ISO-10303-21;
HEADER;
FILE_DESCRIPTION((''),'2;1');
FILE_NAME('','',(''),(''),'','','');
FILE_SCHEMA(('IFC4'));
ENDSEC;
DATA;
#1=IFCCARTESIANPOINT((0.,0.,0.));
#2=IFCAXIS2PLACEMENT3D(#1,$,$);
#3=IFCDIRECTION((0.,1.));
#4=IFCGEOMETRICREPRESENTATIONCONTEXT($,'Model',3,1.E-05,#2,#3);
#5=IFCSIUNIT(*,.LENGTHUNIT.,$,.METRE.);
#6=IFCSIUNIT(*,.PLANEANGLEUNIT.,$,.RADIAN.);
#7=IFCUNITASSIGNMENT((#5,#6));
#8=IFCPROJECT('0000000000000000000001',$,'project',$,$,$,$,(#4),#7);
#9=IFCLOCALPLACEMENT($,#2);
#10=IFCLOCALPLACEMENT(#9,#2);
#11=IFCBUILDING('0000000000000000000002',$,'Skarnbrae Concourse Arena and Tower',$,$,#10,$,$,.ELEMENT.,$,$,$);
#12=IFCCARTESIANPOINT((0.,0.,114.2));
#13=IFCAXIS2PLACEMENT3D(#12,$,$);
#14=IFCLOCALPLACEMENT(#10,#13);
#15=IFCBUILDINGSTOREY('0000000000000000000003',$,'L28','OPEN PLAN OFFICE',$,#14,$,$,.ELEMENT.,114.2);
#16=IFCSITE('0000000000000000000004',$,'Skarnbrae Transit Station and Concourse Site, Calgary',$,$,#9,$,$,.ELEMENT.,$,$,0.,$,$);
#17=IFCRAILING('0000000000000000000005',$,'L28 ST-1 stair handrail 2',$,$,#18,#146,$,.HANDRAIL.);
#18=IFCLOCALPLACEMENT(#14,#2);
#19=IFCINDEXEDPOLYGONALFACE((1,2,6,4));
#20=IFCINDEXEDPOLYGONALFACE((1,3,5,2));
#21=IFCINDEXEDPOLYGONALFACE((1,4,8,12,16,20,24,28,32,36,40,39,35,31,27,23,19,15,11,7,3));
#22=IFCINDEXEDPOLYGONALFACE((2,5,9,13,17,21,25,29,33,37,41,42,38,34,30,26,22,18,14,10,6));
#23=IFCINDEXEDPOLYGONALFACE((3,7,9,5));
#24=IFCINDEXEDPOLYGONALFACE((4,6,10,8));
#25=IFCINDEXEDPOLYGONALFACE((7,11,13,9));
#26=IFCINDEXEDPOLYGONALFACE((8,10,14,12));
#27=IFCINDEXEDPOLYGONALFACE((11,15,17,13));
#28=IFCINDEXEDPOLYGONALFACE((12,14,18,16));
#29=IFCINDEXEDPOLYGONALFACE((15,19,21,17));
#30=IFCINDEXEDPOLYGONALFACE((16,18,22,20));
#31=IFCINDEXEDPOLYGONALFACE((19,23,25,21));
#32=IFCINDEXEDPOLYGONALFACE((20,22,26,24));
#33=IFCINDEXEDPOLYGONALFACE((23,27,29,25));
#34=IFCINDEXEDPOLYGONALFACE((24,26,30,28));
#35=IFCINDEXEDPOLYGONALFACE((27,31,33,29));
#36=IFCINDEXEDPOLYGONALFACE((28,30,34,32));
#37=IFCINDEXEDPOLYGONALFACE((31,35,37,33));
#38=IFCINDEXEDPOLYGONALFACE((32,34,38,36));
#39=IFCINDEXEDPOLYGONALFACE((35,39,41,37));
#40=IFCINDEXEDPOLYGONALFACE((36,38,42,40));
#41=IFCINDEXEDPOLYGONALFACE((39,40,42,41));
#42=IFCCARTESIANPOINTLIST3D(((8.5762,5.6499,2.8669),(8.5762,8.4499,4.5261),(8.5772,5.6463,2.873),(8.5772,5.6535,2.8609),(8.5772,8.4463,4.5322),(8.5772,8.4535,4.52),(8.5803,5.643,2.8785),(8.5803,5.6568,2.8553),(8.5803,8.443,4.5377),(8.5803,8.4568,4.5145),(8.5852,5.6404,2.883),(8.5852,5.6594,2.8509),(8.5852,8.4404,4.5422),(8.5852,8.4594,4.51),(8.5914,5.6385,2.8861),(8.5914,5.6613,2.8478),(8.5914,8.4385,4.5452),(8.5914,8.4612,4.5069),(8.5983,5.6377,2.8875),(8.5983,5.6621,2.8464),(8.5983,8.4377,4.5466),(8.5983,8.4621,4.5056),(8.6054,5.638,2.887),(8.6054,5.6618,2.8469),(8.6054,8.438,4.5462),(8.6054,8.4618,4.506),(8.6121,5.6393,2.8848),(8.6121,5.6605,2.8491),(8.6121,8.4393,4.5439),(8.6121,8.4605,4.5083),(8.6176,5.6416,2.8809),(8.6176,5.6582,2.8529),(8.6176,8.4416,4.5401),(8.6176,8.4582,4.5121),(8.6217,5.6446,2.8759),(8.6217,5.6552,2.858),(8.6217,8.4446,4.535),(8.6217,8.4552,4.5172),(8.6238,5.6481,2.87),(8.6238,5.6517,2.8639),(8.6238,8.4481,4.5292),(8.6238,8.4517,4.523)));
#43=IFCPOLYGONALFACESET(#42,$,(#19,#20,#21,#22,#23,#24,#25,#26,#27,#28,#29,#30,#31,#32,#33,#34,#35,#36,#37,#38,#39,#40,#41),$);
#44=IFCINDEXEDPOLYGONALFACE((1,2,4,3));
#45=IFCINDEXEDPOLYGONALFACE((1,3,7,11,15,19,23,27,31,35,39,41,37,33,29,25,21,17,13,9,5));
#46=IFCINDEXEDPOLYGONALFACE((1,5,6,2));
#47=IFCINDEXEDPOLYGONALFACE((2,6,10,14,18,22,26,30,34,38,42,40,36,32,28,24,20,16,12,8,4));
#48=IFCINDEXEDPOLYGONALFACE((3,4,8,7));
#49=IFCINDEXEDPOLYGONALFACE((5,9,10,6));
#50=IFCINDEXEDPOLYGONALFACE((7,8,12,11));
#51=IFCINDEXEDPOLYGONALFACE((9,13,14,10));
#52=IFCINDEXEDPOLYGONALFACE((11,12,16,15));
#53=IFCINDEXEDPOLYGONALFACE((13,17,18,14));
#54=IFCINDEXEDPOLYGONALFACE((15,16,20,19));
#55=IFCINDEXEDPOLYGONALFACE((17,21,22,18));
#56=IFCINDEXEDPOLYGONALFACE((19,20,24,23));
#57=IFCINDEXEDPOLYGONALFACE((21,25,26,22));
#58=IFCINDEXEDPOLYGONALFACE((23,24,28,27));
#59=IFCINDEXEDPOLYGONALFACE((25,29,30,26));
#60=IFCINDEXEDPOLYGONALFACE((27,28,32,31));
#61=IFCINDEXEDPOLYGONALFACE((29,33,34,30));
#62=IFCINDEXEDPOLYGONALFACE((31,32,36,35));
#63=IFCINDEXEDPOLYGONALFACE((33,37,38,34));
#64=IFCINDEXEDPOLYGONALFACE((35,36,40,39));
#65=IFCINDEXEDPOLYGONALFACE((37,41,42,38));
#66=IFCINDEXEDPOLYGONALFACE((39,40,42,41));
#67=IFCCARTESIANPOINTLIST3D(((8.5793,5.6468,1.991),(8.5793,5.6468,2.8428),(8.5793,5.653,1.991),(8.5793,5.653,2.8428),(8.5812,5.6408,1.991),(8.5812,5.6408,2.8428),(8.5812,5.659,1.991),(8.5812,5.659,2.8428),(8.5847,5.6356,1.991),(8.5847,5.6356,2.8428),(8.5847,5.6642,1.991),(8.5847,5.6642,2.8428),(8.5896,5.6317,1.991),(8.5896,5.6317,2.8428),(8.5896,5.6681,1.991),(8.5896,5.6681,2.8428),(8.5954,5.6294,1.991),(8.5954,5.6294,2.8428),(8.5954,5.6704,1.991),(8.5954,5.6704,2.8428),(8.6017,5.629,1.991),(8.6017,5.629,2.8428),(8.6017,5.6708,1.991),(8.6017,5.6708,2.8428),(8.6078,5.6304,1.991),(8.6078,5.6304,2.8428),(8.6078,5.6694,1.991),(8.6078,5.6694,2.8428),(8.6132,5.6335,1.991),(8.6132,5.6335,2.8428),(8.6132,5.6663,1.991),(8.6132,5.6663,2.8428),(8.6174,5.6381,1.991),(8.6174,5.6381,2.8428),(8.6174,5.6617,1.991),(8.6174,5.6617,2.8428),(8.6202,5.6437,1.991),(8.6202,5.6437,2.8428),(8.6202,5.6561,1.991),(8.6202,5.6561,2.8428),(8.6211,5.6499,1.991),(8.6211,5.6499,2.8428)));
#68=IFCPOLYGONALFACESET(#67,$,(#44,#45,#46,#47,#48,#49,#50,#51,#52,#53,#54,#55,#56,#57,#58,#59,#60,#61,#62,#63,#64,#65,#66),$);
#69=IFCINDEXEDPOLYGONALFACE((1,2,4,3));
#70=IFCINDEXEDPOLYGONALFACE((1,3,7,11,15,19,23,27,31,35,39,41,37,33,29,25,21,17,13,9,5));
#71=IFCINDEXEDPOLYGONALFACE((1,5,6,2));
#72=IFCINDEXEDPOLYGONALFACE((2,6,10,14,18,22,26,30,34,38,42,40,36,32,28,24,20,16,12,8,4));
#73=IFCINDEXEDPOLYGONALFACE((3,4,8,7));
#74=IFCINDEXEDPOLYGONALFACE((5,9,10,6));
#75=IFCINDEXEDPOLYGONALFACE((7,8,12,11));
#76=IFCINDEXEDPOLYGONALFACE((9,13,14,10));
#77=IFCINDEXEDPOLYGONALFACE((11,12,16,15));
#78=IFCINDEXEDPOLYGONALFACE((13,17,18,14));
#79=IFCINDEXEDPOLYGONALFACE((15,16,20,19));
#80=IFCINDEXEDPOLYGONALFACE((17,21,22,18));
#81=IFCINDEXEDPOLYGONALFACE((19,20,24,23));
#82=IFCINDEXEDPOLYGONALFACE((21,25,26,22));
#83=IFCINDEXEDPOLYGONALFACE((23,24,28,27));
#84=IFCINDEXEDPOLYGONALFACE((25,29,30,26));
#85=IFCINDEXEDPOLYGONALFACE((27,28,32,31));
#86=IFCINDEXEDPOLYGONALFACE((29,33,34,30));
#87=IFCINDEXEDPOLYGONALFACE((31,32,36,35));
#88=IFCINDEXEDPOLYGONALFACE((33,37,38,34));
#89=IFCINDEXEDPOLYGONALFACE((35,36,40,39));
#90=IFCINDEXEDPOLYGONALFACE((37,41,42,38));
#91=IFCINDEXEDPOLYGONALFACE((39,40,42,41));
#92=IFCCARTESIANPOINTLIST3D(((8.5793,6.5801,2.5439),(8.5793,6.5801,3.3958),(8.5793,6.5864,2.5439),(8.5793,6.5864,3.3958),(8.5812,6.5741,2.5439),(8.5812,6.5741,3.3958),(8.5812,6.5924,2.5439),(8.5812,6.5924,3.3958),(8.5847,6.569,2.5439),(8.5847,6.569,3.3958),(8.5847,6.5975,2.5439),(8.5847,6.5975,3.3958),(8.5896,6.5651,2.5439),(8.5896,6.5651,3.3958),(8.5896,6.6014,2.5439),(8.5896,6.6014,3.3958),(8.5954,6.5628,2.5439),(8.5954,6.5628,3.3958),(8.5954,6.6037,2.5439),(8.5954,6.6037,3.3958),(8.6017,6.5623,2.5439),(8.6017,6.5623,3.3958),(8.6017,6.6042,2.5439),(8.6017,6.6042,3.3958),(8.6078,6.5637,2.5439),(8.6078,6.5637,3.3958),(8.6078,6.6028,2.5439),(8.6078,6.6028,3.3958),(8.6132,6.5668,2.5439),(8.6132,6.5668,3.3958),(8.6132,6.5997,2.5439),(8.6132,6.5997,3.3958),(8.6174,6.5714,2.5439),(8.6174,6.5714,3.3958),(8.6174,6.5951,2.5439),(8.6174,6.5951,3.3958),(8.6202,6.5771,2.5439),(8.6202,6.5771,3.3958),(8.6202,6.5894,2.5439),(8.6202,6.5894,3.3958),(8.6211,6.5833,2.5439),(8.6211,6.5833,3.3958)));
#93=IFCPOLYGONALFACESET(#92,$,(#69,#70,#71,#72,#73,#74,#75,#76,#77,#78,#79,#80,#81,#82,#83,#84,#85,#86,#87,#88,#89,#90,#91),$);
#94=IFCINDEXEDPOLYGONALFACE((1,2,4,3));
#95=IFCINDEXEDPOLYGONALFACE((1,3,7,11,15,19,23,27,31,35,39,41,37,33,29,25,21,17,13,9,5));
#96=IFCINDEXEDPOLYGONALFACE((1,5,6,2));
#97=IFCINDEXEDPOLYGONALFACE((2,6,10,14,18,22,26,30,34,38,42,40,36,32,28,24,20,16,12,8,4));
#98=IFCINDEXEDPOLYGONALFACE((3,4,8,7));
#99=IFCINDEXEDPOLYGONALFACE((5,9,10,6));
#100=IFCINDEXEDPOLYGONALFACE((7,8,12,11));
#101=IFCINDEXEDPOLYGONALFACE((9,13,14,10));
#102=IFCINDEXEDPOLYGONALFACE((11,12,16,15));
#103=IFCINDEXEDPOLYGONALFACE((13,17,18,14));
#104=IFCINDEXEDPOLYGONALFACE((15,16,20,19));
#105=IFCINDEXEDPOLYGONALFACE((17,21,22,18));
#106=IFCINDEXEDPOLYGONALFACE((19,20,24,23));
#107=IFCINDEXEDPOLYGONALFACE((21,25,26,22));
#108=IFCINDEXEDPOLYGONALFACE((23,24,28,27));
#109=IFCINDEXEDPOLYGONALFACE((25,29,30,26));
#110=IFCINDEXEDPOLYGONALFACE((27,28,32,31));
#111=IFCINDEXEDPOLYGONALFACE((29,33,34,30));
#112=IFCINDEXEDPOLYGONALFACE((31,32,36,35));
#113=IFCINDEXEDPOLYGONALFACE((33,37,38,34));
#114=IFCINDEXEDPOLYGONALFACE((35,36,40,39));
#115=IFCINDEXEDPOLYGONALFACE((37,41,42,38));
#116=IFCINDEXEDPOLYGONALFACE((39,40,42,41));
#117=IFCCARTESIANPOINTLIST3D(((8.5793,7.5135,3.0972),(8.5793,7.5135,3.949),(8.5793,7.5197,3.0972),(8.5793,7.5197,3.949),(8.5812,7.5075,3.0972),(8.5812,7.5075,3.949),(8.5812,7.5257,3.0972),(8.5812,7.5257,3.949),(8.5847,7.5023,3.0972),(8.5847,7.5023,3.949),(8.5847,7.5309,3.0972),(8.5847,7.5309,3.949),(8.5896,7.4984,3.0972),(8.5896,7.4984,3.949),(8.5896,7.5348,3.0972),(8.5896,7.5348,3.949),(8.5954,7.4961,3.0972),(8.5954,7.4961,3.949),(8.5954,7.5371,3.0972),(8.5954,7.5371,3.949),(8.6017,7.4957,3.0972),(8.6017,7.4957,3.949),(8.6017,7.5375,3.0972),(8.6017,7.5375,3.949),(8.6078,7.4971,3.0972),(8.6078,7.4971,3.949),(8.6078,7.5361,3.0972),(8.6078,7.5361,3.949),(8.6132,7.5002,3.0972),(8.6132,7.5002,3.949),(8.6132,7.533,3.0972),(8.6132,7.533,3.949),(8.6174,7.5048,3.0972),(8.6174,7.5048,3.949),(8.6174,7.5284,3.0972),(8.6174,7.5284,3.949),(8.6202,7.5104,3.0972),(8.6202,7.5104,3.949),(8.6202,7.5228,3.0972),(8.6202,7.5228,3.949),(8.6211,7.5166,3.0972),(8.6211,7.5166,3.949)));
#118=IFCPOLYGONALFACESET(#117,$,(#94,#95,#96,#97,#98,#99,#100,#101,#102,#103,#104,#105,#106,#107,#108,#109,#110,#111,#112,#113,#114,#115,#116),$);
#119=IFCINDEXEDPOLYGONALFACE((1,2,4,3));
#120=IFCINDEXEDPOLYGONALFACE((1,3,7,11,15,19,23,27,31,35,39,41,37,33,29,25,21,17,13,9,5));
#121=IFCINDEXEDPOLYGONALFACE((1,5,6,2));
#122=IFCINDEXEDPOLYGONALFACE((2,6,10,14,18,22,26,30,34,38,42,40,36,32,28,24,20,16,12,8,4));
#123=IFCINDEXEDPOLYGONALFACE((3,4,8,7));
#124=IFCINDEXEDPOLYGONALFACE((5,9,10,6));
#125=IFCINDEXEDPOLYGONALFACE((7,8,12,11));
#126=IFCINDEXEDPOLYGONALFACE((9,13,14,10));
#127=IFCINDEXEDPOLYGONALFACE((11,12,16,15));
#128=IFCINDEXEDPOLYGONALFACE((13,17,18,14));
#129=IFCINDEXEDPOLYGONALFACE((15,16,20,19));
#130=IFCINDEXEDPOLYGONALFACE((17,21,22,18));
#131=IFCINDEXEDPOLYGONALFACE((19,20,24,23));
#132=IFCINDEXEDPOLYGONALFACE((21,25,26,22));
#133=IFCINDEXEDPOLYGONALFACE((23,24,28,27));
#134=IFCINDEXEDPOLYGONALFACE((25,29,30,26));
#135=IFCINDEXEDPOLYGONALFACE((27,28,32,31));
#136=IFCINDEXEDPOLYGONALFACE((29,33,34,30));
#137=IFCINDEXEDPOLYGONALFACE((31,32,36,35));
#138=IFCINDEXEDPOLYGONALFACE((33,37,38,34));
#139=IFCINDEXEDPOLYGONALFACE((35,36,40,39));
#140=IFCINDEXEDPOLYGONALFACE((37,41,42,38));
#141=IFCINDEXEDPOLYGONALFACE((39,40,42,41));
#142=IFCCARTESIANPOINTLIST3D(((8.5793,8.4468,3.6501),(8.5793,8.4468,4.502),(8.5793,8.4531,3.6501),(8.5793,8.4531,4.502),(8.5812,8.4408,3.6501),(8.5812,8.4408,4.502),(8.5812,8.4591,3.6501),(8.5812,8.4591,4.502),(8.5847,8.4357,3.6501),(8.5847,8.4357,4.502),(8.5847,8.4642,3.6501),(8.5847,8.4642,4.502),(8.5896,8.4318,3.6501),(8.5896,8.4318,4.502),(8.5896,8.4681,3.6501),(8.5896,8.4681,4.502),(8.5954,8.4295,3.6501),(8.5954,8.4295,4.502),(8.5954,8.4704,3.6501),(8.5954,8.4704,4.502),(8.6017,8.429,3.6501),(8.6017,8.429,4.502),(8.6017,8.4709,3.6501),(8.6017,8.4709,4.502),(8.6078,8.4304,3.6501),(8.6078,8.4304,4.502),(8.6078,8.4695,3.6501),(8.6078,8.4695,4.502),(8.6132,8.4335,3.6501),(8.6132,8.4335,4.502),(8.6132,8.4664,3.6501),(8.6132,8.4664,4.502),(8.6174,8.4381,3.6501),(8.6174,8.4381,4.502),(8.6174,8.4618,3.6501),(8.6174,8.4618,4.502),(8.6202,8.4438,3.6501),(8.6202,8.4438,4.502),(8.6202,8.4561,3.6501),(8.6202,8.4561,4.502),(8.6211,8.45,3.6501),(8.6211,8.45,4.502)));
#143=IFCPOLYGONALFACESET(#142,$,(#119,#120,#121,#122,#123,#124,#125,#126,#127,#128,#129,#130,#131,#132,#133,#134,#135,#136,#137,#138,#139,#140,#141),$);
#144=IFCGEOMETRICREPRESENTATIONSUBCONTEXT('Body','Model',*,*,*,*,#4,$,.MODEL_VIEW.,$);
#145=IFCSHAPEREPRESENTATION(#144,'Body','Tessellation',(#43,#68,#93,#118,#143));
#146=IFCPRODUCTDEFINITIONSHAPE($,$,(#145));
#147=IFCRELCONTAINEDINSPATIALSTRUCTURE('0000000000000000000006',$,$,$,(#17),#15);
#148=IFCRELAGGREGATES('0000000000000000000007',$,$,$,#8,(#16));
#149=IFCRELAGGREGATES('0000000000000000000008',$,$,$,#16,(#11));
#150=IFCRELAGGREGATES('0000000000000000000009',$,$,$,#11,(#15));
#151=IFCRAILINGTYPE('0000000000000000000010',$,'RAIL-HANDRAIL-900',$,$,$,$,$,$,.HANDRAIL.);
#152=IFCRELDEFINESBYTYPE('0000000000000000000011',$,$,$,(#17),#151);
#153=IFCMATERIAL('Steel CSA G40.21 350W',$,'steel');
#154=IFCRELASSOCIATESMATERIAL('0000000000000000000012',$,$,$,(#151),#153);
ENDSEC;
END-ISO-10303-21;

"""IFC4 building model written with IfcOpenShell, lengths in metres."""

from ifc_helpers import new_model, si_unit, direction, frame, origin, origin_2d, place, context, subcontext, project, spatial, circle, extrude, material, type_object, element, save


model = new_model("IFC4")

# Units and contexts
model_context = context("Model", 3, precision=1e-05, world=origin(), true_north=direction((0.0, 1.0)))
body_context = subcontext(model_context, "Body", "Model", "MODEL_VIEW")
ifc_project = project(units=[si_unit("LENGTHUNIT", "METRE"), si_unit("PLANEANGLEUNIT", "RADIAN")], contexts=[model_context])

# Site, building, storey
site_placement = place(None, origin())
site = spatial("IfcSite", under=ifc_project, at=site_placement, Name="Skarnbrae Transit Station and Concourse Site, Calgary", CompositionType="ELEMENT", RefElevation=0.0)
building_placement = place(site_placement, origin())
building = spatial("IfcBuilding", under=site, at=building_placement, Name="Skarnbrae Concourse Arena and Tower", CompositionType="ELEMENT")
storey_placement = place(building_placement, frame((0.0, 0.0, 114.2)))
storey = spatial("IfcBuildingStorey", under=building, at=storey_placement, Name="L28", Description="OPEN PLAN OFFICE", CompositionType="ELEMENT", Elevation=114.2)

# Railing
ifc_material_1 = material(Name="Steel CSA G40.21 350W", Category="steel")
railing_type_1 = type_object("IfcRailingType", Name="RAIL-HANDRAIL-900", PredefinedType="HANDRAIL", material=ifc_material_1)
railing_1_placement = place(storey_placement, frame((8.6001, 5.6499, 1.991)))
element("IfcRailing", 1, at=railing_1_placement, inside=storey, type_object=railing_type_1, Name="L28 ST-1 stair handrail 2", PredefinedType="HANDRAIL", context=body_context, shape_type="SweptSolid", body=[
    extrude(circle(Radius=0.0239, at=origin_2d()), frame((0.0, 0.0, 0.876), z_axis=(0.0, 0.860306, 0.509778), x_axis=(-1.0, 0.0, 0.0)), (0.0, 0.0, 1.0), 3.2546),
    extrude(circle(Radius=0.021, at=origin_2d()), origin(), (0.0, 0.0, 1.0), 0.8518),
    extrude(circle(Radius=0.021, at=origin_2d()), frame((0.0, 0.9333, 0.553)), (0.0, 0.0, 1.0), 0.8518),
    extrude(circle(Radius=0.021, at=origin_2d()), frame((0.0, 1.8667, 1.1062)), (0.0, 0.0, 1.0), 0.8518),
    extrude(circle(Radius=0.021, at=origin_2d()), frame((0.0, 2.8, 1.6592)), (0.0, 0.0, 1.0), 0.8518),
])

save(model, "model.ifc")
